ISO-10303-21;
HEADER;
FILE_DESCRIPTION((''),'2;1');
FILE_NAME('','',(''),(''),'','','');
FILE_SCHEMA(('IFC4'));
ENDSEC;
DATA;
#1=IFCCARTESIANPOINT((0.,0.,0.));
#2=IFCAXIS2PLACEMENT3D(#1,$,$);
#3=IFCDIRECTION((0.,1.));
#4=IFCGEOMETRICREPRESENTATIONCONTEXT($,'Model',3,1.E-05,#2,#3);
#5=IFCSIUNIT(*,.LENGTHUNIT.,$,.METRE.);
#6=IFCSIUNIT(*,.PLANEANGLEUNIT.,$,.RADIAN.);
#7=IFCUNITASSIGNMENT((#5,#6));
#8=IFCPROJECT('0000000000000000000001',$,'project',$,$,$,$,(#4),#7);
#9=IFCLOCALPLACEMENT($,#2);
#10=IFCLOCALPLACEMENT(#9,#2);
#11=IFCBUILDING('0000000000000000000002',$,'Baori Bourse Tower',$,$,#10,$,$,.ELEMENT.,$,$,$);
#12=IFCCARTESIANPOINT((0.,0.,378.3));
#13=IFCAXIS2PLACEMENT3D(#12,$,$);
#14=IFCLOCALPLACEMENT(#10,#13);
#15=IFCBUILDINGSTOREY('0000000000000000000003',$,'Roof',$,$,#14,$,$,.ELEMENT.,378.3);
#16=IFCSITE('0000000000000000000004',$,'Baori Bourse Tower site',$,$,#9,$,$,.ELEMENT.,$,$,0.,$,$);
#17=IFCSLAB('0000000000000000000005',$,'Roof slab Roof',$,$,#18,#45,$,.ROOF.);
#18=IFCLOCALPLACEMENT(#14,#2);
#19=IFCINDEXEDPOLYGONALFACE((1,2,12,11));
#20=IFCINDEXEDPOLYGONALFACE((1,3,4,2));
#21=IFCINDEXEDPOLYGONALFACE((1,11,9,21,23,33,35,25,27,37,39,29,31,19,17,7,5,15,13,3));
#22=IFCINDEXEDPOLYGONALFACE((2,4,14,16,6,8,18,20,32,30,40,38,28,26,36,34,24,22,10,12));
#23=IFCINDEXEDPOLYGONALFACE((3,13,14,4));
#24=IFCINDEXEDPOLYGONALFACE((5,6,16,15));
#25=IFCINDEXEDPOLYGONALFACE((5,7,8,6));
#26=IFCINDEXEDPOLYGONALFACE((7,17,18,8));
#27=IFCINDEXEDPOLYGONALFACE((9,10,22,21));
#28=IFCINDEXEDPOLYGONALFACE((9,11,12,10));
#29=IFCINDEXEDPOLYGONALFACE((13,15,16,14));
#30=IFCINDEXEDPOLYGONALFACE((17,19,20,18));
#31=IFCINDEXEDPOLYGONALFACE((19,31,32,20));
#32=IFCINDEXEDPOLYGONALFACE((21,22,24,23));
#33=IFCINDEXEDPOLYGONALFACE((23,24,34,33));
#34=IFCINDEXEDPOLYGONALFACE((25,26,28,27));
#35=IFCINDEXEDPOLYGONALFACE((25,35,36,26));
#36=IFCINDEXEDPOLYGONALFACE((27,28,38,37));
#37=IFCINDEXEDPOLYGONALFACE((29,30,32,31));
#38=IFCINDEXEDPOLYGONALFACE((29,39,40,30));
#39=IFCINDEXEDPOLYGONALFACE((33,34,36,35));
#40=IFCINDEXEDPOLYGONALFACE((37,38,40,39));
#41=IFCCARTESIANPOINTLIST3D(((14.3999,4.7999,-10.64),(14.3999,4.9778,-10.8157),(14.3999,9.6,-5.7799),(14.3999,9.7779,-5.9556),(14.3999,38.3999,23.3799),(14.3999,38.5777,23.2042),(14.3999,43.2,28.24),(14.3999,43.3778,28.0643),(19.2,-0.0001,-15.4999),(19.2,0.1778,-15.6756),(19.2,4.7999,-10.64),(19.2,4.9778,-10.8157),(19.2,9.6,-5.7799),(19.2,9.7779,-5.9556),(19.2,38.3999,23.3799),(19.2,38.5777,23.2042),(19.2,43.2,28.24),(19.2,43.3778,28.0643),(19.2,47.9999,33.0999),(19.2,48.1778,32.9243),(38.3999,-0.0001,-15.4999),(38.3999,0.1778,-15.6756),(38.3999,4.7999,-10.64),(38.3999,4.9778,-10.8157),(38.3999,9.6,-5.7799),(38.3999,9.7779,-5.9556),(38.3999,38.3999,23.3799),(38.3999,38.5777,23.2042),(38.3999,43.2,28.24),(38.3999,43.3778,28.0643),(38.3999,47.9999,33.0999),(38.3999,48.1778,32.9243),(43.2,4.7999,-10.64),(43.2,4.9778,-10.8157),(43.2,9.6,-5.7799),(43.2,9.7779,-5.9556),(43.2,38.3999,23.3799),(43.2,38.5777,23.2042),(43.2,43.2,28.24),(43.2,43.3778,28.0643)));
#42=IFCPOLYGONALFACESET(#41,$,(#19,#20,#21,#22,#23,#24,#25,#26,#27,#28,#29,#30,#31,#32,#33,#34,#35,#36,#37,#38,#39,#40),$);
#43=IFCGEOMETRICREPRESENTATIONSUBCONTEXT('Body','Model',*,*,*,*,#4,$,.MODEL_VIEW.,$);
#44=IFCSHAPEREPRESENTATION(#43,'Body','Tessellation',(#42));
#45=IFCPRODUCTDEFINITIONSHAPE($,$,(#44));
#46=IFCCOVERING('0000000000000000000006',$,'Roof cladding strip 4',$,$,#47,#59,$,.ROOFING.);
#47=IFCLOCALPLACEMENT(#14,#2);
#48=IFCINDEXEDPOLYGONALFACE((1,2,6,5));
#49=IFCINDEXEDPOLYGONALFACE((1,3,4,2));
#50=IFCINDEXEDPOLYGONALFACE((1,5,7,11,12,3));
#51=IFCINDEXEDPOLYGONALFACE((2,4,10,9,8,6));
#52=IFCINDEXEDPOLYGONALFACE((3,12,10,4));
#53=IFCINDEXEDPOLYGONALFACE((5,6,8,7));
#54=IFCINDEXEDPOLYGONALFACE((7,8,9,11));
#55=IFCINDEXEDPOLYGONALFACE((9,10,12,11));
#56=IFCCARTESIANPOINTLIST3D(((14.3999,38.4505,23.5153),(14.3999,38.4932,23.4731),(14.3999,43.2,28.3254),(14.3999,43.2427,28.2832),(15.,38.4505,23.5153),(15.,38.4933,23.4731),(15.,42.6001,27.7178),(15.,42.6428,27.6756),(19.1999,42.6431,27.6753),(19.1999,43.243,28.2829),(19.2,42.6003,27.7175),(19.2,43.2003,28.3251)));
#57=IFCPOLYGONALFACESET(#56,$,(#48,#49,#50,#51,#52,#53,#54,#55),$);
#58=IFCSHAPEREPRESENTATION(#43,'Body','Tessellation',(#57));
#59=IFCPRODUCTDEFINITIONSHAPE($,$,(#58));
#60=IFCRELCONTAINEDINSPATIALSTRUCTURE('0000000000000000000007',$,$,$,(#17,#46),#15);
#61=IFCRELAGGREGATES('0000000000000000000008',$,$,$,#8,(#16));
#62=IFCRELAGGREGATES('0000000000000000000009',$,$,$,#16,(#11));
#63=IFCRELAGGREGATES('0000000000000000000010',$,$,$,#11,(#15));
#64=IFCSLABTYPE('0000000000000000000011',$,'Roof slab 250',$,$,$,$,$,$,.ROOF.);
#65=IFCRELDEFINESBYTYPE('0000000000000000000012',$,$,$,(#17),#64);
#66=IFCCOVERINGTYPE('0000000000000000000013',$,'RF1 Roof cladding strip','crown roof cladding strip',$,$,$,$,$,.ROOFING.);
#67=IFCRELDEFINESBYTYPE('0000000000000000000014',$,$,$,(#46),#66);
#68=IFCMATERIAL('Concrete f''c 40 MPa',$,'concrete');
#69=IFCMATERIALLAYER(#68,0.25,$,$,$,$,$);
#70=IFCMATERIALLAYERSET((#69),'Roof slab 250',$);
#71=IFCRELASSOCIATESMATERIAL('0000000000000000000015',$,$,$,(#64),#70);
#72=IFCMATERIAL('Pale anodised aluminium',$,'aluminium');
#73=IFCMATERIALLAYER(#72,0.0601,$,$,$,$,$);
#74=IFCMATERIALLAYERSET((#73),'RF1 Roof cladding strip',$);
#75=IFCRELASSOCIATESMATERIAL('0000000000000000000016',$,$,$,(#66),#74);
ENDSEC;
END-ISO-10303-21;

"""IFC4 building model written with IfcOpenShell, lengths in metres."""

from ifc_helpers import new_model, si_unit, direction, frame, origin, place, context, subcontext, project, spatial, polyline, outline, extrude, material, layer, layer_set, type_object, element, save


model = new_model("IFC4")

# Units and contexts
model_context = context("Model", 3, precision=1e-05, world=origin(), true_north=direction((0.0, 1.0)))
body_context = subcontext(model_context, "Body", "Model", "MODEL_VIEW")
ifc_project = project(units=[si_unit("LENGTHUNIT", "METRE"), si_unit("PLANEANGLEUNIT", "RADIAN")], contexts=[model_context])

# Site, building, storey
site_placement = place(None, origin())
site = spatial("IfcSite", under=ifc_project, at=site_placement, Name="Baori Bourse Tower site", CompositionType="ELEMENT", RefElevation=0.0)
building_placement = place(site_placement, origin())
building = spatial("IfcBuilding", under=site, at=building_placement, Name="Baori Bourse Tower", CompositionType="ELEMENT")
storey_placement = place(building_placement, frame((0.0, 0.0, 378.3)))
storey = spatial("IfcBuildingStorey", under=building, at=storey_placement, Name="Roof", CompositionType="ELEMENT", Elevation=378.3)

# Slab
ifc_material_1 = material(Name="Concrete f'c 40 MPa", Category="concrete")
ifc_layer_1 = layer(ifc_material_1, 0.25)
ifc_layer_set_1 = layer_set([ifc_layer_1], Name="Roof slab 250")
slab_type = type_object("IfcSlabType", Name="Roof slab 250", PredefinedType="ROOF", material=ifc_layer_set_1)
slab_placement = place(storey_placement, frame((19.2, 43.2, 28.24), z_axis=(0.0, -0.711484, 0.702702), x_axis=(0.0, 0.702702, 0.711484)))
element("IfcSlab", 1, at=slab_placement, inside=storey, type_object=slab_type, Name="Roof slab Roof", PredefinedType="ROOF", context=body_context, shape_type="SweptSolid", body=[
    extrude(outline(polyline([(0.0, 0.0), (6.8307, 0.0), (6.8307, -19.2), (0.0, -19.2), (0.0, -24.0), (-6.8309, -24.0), (-6.8309, -19.2), (-47.8154, -19.2), (-47.8154, -24.0), (-54.6463, -24.0), (-54.6463, -19.2), (-61.477, -19.2), (-61.477, 0.0), (-54.6463, 0.0), (-54.6463, 4.8), (-47.8154, 4.8), (-47.8154, 0.0), (-6.8309, 0.0), (-6.8309, 4.8), (0.0, 4.8), (0.0, 0.0)])), origin(), (0.0, 0.0, -1.0), 0.25),
])

# Covering
ifc_material_2 = material(Name="Pale anodised aluminium", Category="aluminium")
ifc_layer_2 = layer(ifc_material_2, 0.0601)
ifc_layer_set_2 = layer_set([ifc_layer_2], Name="RF1 Roof cladding strip")
covering_type = type_object("IfcCoveringType", Name="RF1 Roof cladding strip", Description="crown roof cladding strip", PredefinedType="ROOFING", material=ifc_layer_set_2)
covering_placement = place(storey_placement, frame((14.3999, 43.2, 28.3254), z_axis=(0.00009, -0.711578, 0.702607), x_axis=(0.0, -0.702607, -0.711578)))
element("IfcCovering", 2, at=covering_placement, inside=storey, type_object=covering_type, Name="Roof cladding strip 4", PredefinedType="ROOFING", context=body_context, shape_type="SweptSolid", body=[
    extrude(outline(polyline([(0.0, 0.0), (6.7598, 0.0), (6.7598, 0.6001), (0.8539, 0.6001), (0.8539, 4.8), (0.0, 4.8), (0.0, 0.0)])), origin(), (0.0, 0.0, -1.0), 0.0601),
])

save(model, "model.ifc")
